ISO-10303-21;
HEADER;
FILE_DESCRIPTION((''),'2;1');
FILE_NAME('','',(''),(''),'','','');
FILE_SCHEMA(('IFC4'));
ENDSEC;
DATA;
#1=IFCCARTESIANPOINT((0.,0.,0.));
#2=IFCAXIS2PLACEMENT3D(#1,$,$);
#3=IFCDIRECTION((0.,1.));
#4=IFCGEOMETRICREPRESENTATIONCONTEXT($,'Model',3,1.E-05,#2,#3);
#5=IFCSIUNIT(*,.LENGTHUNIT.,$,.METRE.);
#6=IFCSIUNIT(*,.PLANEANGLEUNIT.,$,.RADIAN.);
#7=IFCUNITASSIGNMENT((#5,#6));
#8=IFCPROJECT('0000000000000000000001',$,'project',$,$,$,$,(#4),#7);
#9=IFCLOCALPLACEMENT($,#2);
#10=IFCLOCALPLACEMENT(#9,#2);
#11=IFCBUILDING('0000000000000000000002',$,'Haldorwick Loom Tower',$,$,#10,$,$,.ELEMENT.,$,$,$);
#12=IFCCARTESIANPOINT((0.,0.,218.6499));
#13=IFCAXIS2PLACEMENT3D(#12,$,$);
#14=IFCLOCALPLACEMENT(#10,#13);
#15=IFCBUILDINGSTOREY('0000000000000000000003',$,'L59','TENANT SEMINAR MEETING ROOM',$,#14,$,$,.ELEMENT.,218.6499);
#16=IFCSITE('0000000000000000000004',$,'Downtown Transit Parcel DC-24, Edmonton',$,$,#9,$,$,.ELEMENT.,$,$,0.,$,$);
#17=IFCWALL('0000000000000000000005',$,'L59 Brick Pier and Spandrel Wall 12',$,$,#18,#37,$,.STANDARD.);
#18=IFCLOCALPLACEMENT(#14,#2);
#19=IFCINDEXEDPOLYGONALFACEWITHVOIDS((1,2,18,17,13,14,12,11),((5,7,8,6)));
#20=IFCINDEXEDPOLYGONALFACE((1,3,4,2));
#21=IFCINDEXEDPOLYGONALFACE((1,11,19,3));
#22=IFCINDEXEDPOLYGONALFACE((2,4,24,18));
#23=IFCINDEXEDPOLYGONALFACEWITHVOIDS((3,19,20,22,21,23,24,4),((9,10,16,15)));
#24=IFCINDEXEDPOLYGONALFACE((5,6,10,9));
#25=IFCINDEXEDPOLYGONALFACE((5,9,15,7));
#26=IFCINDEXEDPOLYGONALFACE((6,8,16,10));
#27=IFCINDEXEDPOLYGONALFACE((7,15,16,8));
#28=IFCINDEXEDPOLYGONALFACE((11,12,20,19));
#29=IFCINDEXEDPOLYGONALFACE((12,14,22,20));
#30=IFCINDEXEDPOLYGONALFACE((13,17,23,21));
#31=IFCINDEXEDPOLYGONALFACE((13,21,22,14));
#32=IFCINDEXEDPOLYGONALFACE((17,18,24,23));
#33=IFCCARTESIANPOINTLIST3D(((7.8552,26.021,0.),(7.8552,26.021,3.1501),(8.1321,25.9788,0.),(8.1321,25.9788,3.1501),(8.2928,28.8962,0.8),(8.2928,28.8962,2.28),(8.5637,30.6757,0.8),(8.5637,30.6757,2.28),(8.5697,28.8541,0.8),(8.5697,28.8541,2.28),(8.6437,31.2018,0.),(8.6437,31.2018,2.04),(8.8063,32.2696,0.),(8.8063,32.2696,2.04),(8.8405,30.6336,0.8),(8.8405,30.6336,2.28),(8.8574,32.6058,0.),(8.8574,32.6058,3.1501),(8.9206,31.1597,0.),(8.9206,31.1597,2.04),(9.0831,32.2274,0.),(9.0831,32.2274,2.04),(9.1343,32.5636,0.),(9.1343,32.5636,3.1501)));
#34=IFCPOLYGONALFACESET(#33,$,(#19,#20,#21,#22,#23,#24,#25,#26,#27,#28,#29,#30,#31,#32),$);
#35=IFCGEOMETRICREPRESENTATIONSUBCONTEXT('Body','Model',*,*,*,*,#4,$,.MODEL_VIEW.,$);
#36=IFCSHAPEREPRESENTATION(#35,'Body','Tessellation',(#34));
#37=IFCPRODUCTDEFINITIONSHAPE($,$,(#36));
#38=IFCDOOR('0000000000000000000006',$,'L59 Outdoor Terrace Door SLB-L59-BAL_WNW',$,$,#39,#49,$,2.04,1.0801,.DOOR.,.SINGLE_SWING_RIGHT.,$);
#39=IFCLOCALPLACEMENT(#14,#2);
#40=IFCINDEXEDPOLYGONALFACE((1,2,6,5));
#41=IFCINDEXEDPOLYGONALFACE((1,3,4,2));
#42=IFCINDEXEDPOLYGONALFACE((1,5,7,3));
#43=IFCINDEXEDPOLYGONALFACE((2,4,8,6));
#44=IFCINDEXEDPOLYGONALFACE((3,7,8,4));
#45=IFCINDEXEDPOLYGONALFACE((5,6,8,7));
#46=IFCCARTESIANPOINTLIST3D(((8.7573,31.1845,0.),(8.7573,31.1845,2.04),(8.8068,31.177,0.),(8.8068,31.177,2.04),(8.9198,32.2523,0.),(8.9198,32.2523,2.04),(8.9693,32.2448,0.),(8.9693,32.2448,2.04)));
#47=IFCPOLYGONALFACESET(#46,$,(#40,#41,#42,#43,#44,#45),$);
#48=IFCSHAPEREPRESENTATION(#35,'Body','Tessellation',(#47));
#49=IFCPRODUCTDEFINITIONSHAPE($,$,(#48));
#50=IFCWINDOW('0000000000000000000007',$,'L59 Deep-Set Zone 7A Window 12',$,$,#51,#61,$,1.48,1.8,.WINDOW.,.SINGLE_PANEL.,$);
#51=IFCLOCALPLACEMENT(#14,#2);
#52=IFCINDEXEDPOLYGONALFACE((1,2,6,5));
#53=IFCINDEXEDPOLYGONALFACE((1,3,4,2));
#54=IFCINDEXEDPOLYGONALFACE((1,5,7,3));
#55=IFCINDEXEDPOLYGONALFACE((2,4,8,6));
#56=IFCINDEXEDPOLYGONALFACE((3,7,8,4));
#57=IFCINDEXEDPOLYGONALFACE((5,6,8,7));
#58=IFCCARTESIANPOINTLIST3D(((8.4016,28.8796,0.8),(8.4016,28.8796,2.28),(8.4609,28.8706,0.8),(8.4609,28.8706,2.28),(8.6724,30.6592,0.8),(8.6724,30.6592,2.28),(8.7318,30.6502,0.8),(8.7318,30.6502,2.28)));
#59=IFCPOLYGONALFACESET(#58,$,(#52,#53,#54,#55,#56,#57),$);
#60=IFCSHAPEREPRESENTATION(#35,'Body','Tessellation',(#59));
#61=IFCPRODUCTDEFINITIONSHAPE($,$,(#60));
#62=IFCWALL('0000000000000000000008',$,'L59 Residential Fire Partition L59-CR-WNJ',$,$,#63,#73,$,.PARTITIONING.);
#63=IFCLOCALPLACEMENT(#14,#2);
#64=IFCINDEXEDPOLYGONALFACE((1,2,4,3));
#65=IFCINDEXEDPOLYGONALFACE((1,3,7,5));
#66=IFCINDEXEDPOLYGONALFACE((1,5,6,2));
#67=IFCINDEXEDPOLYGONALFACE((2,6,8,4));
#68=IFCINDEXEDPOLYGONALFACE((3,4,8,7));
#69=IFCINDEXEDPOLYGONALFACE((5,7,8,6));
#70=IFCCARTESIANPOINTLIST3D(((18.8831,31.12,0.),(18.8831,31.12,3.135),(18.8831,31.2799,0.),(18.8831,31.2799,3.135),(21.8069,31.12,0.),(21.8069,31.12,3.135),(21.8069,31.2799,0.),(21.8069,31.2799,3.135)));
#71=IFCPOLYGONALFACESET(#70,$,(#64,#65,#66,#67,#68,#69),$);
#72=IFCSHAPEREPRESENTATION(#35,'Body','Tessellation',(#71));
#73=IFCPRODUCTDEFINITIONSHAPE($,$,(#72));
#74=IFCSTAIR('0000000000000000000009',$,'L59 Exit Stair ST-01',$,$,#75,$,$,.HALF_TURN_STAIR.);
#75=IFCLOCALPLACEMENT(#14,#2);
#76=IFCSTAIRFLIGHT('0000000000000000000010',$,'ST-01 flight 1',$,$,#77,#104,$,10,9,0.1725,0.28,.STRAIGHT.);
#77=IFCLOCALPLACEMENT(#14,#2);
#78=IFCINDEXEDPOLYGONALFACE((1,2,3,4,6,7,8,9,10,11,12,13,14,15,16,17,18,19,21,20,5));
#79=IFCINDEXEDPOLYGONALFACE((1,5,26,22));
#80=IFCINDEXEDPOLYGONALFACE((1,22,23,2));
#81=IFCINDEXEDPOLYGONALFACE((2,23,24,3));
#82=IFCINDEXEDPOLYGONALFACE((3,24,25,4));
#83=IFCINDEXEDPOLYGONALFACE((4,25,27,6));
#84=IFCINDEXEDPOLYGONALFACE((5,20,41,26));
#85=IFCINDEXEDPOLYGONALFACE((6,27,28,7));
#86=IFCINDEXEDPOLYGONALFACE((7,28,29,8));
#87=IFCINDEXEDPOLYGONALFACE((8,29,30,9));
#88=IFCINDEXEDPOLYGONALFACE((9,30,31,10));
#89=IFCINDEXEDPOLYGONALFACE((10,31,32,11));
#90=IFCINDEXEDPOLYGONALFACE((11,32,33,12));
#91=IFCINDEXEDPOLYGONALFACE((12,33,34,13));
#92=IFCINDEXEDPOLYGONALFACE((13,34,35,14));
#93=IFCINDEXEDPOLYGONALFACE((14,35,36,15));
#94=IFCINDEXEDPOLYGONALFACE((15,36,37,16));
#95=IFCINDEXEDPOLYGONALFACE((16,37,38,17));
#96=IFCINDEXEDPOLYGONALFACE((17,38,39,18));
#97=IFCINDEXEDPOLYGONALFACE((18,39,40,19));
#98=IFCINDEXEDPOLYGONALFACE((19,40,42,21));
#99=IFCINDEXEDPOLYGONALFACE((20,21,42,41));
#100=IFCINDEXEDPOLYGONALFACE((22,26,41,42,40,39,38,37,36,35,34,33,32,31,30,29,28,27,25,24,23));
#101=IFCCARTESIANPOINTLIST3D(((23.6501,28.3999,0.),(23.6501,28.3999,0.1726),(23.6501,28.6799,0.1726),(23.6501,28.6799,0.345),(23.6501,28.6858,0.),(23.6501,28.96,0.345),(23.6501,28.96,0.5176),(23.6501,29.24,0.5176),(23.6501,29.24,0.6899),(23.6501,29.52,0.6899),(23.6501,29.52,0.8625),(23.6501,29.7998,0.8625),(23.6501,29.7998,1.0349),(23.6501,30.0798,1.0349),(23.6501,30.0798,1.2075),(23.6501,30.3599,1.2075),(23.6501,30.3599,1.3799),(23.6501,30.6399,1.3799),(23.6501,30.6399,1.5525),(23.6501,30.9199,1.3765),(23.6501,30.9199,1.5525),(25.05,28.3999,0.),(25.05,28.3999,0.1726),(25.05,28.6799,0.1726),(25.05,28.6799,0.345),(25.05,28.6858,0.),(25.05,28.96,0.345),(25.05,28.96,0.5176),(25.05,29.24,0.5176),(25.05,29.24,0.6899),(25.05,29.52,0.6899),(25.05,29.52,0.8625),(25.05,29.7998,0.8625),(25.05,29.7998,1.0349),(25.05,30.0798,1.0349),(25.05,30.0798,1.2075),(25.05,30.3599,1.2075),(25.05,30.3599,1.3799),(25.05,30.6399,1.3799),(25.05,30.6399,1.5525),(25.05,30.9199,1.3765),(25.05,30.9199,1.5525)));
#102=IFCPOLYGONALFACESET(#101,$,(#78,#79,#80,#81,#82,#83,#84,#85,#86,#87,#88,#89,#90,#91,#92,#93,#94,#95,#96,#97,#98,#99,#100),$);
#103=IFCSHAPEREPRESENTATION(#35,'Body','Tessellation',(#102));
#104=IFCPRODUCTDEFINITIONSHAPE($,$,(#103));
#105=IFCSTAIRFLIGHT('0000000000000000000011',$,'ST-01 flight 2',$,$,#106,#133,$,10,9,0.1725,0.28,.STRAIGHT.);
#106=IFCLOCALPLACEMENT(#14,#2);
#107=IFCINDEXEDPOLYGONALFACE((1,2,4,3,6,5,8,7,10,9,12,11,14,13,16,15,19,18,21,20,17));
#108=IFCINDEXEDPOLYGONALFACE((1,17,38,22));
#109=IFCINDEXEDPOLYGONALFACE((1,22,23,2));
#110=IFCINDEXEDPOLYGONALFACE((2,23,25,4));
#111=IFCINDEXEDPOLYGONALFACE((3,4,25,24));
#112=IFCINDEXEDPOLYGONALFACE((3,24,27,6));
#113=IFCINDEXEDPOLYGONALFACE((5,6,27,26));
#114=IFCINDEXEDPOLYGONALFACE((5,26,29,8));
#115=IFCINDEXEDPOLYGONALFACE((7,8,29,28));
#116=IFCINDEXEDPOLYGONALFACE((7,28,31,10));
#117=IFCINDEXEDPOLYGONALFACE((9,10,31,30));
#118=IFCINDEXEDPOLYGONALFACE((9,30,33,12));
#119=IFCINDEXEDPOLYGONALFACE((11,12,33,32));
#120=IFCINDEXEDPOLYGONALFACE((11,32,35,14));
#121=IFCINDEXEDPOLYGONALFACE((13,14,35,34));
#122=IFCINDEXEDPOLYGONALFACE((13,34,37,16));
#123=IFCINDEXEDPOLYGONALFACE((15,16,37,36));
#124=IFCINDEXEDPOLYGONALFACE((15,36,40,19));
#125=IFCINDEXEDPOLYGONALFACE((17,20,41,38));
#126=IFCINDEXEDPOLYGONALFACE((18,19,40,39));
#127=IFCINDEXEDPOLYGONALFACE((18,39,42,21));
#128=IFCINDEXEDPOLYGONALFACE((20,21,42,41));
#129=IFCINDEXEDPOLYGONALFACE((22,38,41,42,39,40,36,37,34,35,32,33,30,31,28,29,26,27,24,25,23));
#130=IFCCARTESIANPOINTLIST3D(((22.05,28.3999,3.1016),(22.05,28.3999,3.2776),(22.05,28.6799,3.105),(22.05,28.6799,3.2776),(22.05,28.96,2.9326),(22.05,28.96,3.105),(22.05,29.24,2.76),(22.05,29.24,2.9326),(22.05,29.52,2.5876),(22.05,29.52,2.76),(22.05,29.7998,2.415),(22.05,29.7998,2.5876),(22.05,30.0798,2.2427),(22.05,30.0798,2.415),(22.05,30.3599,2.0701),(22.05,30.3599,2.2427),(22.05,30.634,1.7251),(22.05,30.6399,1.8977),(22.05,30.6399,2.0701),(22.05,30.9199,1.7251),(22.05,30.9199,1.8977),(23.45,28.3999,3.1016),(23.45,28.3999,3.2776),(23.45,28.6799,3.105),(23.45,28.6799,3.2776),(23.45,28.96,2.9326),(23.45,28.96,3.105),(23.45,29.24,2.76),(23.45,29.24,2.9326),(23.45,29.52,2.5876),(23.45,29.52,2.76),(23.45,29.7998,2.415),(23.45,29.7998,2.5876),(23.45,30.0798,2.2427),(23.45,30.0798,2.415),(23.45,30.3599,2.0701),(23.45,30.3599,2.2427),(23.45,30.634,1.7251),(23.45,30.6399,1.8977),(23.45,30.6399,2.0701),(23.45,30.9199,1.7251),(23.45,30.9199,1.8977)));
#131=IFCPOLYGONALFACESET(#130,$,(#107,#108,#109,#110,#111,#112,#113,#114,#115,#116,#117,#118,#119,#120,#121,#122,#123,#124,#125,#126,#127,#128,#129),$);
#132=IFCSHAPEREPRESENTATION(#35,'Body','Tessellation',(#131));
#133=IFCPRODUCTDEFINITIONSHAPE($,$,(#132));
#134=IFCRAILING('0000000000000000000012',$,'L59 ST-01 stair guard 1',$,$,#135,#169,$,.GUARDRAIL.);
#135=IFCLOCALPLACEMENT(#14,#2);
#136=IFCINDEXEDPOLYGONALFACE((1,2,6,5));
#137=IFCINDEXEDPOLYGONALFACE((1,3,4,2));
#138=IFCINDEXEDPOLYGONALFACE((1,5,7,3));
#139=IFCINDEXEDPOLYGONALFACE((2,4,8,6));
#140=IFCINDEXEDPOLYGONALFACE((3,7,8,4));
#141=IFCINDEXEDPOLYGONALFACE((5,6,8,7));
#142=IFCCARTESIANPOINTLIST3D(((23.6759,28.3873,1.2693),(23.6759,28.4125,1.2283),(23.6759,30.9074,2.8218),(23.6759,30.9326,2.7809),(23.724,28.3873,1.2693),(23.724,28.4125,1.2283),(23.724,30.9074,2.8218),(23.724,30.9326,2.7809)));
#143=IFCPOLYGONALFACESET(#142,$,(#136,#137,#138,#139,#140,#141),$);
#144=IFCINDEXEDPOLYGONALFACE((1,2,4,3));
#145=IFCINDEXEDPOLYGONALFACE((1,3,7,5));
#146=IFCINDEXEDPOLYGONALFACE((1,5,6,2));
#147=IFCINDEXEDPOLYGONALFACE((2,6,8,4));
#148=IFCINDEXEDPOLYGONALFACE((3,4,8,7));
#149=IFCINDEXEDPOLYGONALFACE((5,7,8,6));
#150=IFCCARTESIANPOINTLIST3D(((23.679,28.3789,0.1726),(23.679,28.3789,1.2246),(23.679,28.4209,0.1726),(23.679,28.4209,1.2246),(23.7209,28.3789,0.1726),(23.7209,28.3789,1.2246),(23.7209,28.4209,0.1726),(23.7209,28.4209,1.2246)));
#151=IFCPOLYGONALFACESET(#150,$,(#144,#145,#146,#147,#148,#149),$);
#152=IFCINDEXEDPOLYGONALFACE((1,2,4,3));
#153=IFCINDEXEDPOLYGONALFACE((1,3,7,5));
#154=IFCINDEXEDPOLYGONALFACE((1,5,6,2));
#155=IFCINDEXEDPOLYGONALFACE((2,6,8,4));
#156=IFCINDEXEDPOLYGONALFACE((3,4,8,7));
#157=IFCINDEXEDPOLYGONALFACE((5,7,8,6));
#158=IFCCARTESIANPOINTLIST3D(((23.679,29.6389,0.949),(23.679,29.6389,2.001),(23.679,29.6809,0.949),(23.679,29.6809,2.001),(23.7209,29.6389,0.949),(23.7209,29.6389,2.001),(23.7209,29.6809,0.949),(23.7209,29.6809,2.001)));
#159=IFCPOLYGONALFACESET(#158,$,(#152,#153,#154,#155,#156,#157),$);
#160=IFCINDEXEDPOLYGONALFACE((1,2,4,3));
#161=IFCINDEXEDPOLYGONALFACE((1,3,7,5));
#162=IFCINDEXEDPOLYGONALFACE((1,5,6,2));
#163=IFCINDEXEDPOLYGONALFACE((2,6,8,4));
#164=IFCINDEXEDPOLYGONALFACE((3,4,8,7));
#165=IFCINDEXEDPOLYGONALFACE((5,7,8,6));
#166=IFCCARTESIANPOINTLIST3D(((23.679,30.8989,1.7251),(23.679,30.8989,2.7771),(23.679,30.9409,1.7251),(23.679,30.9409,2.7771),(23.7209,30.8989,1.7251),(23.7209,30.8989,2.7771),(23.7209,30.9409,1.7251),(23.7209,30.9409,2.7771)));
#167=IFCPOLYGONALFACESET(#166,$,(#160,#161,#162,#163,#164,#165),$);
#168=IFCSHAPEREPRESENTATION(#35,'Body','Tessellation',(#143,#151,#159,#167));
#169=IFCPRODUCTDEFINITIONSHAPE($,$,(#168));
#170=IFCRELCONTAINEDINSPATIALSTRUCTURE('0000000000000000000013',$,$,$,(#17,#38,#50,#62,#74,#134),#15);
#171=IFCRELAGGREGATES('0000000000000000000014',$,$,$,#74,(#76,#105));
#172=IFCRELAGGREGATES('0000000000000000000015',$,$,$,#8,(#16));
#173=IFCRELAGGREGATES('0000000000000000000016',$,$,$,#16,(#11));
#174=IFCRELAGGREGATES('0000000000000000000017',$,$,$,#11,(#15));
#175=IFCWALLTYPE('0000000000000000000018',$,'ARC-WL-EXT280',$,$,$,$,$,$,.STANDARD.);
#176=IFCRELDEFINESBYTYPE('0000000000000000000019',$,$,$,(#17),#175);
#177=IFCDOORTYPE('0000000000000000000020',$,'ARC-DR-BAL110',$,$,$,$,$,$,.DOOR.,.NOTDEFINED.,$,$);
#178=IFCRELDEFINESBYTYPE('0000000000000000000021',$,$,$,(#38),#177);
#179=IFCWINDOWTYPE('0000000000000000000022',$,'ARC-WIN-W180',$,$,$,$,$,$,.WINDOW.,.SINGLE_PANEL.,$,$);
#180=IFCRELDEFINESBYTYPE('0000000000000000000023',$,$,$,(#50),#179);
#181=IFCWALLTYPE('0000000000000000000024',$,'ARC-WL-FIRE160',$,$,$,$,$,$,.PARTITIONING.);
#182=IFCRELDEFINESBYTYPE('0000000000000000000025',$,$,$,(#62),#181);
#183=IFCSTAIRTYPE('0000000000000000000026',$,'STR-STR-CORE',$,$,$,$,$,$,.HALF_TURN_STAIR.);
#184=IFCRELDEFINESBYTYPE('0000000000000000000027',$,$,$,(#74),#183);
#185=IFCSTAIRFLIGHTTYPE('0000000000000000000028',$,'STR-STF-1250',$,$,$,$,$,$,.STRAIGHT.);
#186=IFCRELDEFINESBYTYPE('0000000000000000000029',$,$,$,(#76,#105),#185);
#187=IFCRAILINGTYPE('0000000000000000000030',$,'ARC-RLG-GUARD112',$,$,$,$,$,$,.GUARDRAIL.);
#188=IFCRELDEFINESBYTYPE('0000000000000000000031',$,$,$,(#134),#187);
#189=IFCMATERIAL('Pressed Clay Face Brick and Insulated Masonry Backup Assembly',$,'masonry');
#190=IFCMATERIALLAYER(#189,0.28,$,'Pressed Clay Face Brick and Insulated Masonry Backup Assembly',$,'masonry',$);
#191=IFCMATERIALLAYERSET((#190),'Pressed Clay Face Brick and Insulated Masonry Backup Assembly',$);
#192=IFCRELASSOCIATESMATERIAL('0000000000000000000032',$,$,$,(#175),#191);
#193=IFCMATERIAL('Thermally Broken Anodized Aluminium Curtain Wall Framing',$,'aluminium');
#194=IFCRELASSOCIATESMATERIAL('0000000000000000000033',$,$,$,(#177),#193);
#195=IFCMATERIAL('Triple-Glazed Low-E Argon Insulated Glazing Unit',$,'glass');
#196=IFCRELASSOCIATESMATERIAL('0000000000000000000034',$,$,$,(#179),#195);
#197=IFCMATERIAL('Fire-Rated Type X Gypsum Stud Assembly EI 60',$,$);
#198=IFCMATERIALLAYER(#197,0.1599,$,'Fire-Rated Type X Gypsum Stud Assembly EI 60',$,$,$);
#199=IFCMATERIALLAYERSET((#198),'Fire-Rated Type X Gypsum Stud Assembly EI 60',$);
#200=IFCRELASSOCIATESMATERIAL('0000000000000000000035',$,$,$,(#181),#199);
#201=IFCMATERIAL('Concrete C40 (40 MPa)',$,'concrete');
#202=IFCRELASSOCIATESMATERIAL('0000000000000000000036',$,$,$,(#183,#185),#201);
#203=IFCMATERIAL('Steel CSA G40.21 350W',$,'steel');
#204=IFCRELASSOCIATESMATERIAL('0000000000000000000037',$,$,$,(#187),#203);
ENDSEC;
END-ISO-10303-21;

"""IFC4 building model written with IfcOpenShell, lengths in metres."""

from ifc_helpers import new_model, si_unit, direction, frame, frame_2d, origin, origin_2d, place, context, subcontext, project, spatial, polyline, rectangle, outline, extrude, material, layer, layer_set, type_object, element, fill, aggregate, save


model = new_model("IFC4")

# Units and contexts
model_context = context("Model", 3, precision=1e-05, world=origin(), true_north=direction((0.0, 1.0)))
body_context = subcontext(model_context, "Body", "Model", "MODEL_VIEW")
ifc_project = project(units=[si_unit("LENGTHUNIT", "METRE"), si_unit("PLANEANGLEUNIT", "RADIAN")], contexts=[model_context])

# Site, building, storey
site_placement = place(None, origin())
site = spatial("IfcSite", under=ifc_project, at=site_placement, Name="Downtown Transit Parcel DC-24, Edmonton", CompositionType="ELEMENT", RefElevation=0.0)
building_placement = place(site_placement, origin())
building = spatial("IfcBuilding", under=site, at=building_placement, Name="Haldorwick Loom Tower", CompositionType="ELEMENT")
storey_placement = place(building_placement, frame((0.0, 0.0, 218.6499)))
storey = spatial("IfcBuildingStorey", under=building, at=storey_placement, Name="L59", Description="TENANT SEMINAR MEETING ROOM", CompositionType="ELEMENT", Elevation=218.6499)

# Shared definitions
ifc_material_1 = material(Name="Steel CSA G40.21 350W", Category="steel")

# Wall, openings, door, window
ifc_material_2 = material(Name="Pressed Clay Face Brick and Insulated Masonry Backup Assembly", Category="masonry")
ifc_layer_1 = layer(ifc_material_2, 0.28, Name="Pressed Clay Face Brick and Insulated Masonry Backup Assembly", Category="masonry")
ifc_layer_set_1 = layer_set([ifc_layer_1], Name="Pressed Clay Face Brick and Insulated Masonry Backup Assembly")
wall_type_1 = type_object("IfcWallType", Name="ARC-WL-EXT280", PredefinedType="STANDARD", material=ifc_layer_set_1)
wall_1_placement = place(storey_placement, frame((8.9958, 32.5847, 0.0), z_axis=(0.0, 0.0, 1.0), x_axis=(-0.150468, -0.988615, 0.0)))
wall_1 = element("IfcWall", 1, at=wall_1_placement, inside=storey, type_object=wall_type_1, Name="L59 Brick Pier and Spandrel Wall 12", PredefinedType="STANDARD", context=body_context, shape_type="SweptSolid", body=[
    extrude(rectangle(XDim=6.6606, YDim=0.28, at=frame_2d((3.3303, 0.0))), origin(), (0.0, 0.0, 1.0), 3.1501),
])
opening_1_placement = place(wall_1_placement, frame((0.3401, 0.0, 0.0)))
opening_1 = element("IfcOpeningElement", 2, at=opening_1_placement, cuts=wall_1, PredefinedType="OPENING", context=body_context, shape_type="SweptSolid", body=[
    extrude(rectangle(XDim=1.0801, YDim=2.04, at=frame_2d((0.54, 1.02))), frame((0.0, 0.1499, 0.0), z_axis=(0.0, -1.0, 0.0), x_axis=(1.0, 0.0, 0.0)), (0.0, 0.0, 1.0), 0.3),
])
opening_2_placement = place(wall_1_placement, frame((1.9524, 0.0, 0.8)))
opening_2 = element("IfcOpeningElement", 3, at=opening_2_placement, cuts=wall_1, PredefinedType="OPENING", context=body_context, shape_type="SweptSolid", body=[
    extrude(rectangle(XDim=1.8, YDim=1.48, at=frame_2d((0.8999, 0.74))), frame((0.0, 0.1499, 0.0), z_axis=(0.0, -1.0, 0.0), x_axis=(1.0, 0.0, 0.0)), (0.0, 0.0, 1.0), 0.3),
])
ifc_material_3 = material(Name="Thermally Broken Anodized Aluminium Curtain Wall Framing", Category="aluminium")
door_type = type_object("IfcDoorType", Name="ARC-DR-BAL110", OperationType="NOTDEFINED", PredefinedType="DOOR", material=ifc_material_3)
door_placement = place(opening_1_placement, origin())
door = element("IfcDoor", 4, at=door_placement, inside=storey, type_object=door_type, Name="L59 Outdoor Terrace Door SLB-L59-BAL_WNW", OperationType="SINGLE_SWING_RIGHT", OverallHeight=2.04, OverallWidth=1.0801, PredefinedType="DOOR", context=body_context, shape_type="SweptSolid", body=[
    extrude(rectangle(XDim=1.0801, YDim=2.04, at=frame_2d((0.54, 1.02))), frame((0.0, 0.0249, 0.0), z_axis=(0.0, -1.0, 0.0), x_axis=(1.0, 0.0, 0.0)), (0.0, 0.0, 1.0), 0.05),
])
fill(opening_1, door)
ifc_material_4 = material(Name="Triple-Glazed Low-E Argon Insulated Glazing Unit", Category="glass")
window_type = type_object("IfcWindowType", Name="ARC-WIN-W180", PartitioningType="SINGLE_PANEL", PredefinedType="WINDOW", material=ifc_material_4)
window_placement = place(opening_2_placement, origin())
window = element("IfcWindow", 5, at=window_placement, inside=storey, type_object=window_type, Name="L59 Deep-Set Zone 7A Window 12", OverallHeight=1.48, OverallWidth=1.8, PartitioningType="SINGLE_PANEL", PredefinedType="WINDOW", context=body_context, shape_type="SweptSolid", body=[
    extrude(rectangle(XDim=1.8, YDim=1.48, at=frame_2d((0.8999, 0.74))), frame((0.0, 0.03, 0.0), z_axis=(0.0, -1.0, 0.0), x_axis=(1.0, 0.0, 0.0)), (0.0, 0.0, 1.0), 0.0601),
])
fill(opening_2, window)

# Wall
ifc_material_5 = material(Name="Fire-Rated Type X Gypsum Stud Assembly EI 60")
ifc_layer_2 = layer(ifc_material_5, 0.1599, Name="Fire-Rated Type X Gypsum Stud Assembly EI 60")
ifc_layer_set_2 = layer_set([ifc_layer_2], Name="Fire-Rated Type X Gypsum Stud Assembly EI 60")
wall_type_2 = type_object("IfcWallType", Name="ARC-WL-FIRE160", PredefinedType="PARTITIONING", material=ifc_layer_set_2)
wall_2_placement = place(storey_placement, frame((18.8831, 31.2, 0.0), z_axis=(0.0, 0.0, 1.0), x_axis=(1.0, 0.0, 0.0)))
element("IfcWall", 6, at=wall_2_placement, inside=storey, type_object=wall_type_2, Name="L59 Residential Fire Partition L59-CR-WNJ", PredefinedType="PARTITIONING", context=body_context, shape_type="SweptSolid", body=[
    extrude(rectangle(XDim=2.9238, YDim=0.1599, at=frame_2d((1.4619, 0.0))), origin(), (0.0, 0.0, 1.0), 3.135),
])

# Stair, stair flights
ifc_material_6 = material(Name="Concrete C40 (40 MPa)", Category="concrete")
stair_type = type_object("IfcStairType", Name="STR-STR-CORE", PredefinedType="HALF_TURN_STAIR", material=ifc_material_6)
stair_placement = place(storey_placement, origin())
stair = element("IfcStair", 7, at=stair_placement, inside=storey, type_object=stair_type, Name="L59 Exit Stair ST-01", PredefinedType="HALF_TURN_STAIR")
stair_flight_type = type_object("IfcStairFlightType", Name="STR-STF-1250", PredefinedType="STRAIGHT", material=ifc_material_6)
stair_flight_1_placement = place(storey_placement, frame((24.3501, 28.3999, 0.0), z_axis=(0.0, 0.0, 1.0), x_axis=(0.0, 1.0, 0.0)))
stair_flight_1 = element("IfcStairFlight", 8, at=stair_flight_1_placement, type_object=stair_flight_type, Name="ST-01 flight 1", NumberOfRisers=10, NumberOfTreads=9, PredefinedType="STRAIGHT", RiserHeight=0.1725, TreadLength=0.28, context=body_context, shape_type="SweptSolid", body=[
    extrude(outline(polyline([(0.0, 0.0), (0.0, 0.1726), (0.28, 0.1726), (0.28, 0.345), (0.5601, 0.345), (0.5601, 0.5176), (0.8401, 0.5176), (0.8401, 0.6899), (1.1201, 0.6899), (1.1201, 0.8625), (1.3999, 0.8625), (1.3999, 1.0349), (1.6799, 1.0349), (1.6799, 1.2075), (1.96, 1.2075), (1.96, 1.3799), (2.24, 1.3799), (2.24, 1.5525), (2.52, 1.5525), (2.52, 1.7251), (2.52, 1.3765), (0.2859, 0.0), (0.0, 0.0)])), frame((0.0, 0.7, 0.0), z_axis=(0.0, -1.0, 0.0), x_axis=(1.0, 0.0, 0.0)), (0.0, 0.0, 1.0), 1.3999),
])
stair_flight_2_placement = place(storey_placement, frame((22.75, 30.9199, 1.7251), z_axis=(0.0, 0.0, 1.0), x_axis=(0.0, -1.0, 0.0)))
stair_flight_2 = element("IfcStairFlight", 9, at=stair_flight_2_placement, type_object=stair_flight_type, Name="ST-01 flight 2", NumberOfRisers=10, NumberOfTreads=9, PredefinedType="STRAIGHT", RiserHeight=0.1725, TreadLength=0.28, context=body_context, shape_type="SweptSolid", body=[
    extrude(outline(polyline([(0.0, 0.0), (0.0, 0.1726), (0.28, 0.1726), (0.28, 0.345), (0.5601, 0.345), (0.5601, 0.5176), (0.8401, 0.5176), (0.8401, 0.6899), (1.1201, 0.6899), (1.1201, 0.8625), (1.3999, 0.8625), (1.3999, 1.0349), (1.6799, 1.0349), (1.6799, 1.2075), (1.96, 1.2075), (1.96, 1.3799), (2.24, 1.3799), (2.24, 1.5525), (2.52, 1.5525), (2.52, 1.7251), (2.52, 1.3765), (0.2859, 0.0), (0.0, 0.0)])), frame((0.0, 0.7, 0.0), z_axis=(0.0, -1.0, 0.0), x_axis=(1.0, 0.0, 0.0)), (0.0, 0.0, 1.0), 1.3999),
])
aggregate(stair, [stair_flight_1, stair_flight_2])

# Railing
railing_type_1 = type_object("IfcRailingType", Name="ARC-RLG-GUARD112", PredefinedType="GUARDRAIL", material=ifc_material_1)
railing_1_placement = place(storey_placement, frame((23.7, 28.3999, 0.1726)))
element("IfcRailing", 10, at=railing_1_placement, inside=storey, type_object=railing_type_1, Name="L59 ST-01 stair guard 1", PredefinedType="GUARDRAIL", context=body_context, shape_type="SweptSolid", body=[
    extrude(rectangle(XDim=0.0481, YDim=0.0481, at=origin_2d()), frame((0.0, 0.0, 1.0762), z_axis=(0.0, 0.8514, 0.524516), x_axis=(-1.0, 0.0, 0.0)), (0.0, 0.0, 1.0), 2.96),
    extrude(rectangle(XDim=0.042, YDim=0.042, at=origin_2d()), origin(), (0.0, 0.0, 1.0), 1.052),
    extrude(rectangle(XDim=0.042, YDim=0.042, at=origin_2d()), frame((0.0, 1.26, 0.7764)), (0.0, 0.0, 1.0), 1.052),
    extrude(rectangle(XDim=0.042, YDim=0.042, at=origin_2d()), frame((0.0, 2.52, 1.5525)), (0.0, 0.0, 1.0), 1.052),
])

save(model, "model.ifc")
